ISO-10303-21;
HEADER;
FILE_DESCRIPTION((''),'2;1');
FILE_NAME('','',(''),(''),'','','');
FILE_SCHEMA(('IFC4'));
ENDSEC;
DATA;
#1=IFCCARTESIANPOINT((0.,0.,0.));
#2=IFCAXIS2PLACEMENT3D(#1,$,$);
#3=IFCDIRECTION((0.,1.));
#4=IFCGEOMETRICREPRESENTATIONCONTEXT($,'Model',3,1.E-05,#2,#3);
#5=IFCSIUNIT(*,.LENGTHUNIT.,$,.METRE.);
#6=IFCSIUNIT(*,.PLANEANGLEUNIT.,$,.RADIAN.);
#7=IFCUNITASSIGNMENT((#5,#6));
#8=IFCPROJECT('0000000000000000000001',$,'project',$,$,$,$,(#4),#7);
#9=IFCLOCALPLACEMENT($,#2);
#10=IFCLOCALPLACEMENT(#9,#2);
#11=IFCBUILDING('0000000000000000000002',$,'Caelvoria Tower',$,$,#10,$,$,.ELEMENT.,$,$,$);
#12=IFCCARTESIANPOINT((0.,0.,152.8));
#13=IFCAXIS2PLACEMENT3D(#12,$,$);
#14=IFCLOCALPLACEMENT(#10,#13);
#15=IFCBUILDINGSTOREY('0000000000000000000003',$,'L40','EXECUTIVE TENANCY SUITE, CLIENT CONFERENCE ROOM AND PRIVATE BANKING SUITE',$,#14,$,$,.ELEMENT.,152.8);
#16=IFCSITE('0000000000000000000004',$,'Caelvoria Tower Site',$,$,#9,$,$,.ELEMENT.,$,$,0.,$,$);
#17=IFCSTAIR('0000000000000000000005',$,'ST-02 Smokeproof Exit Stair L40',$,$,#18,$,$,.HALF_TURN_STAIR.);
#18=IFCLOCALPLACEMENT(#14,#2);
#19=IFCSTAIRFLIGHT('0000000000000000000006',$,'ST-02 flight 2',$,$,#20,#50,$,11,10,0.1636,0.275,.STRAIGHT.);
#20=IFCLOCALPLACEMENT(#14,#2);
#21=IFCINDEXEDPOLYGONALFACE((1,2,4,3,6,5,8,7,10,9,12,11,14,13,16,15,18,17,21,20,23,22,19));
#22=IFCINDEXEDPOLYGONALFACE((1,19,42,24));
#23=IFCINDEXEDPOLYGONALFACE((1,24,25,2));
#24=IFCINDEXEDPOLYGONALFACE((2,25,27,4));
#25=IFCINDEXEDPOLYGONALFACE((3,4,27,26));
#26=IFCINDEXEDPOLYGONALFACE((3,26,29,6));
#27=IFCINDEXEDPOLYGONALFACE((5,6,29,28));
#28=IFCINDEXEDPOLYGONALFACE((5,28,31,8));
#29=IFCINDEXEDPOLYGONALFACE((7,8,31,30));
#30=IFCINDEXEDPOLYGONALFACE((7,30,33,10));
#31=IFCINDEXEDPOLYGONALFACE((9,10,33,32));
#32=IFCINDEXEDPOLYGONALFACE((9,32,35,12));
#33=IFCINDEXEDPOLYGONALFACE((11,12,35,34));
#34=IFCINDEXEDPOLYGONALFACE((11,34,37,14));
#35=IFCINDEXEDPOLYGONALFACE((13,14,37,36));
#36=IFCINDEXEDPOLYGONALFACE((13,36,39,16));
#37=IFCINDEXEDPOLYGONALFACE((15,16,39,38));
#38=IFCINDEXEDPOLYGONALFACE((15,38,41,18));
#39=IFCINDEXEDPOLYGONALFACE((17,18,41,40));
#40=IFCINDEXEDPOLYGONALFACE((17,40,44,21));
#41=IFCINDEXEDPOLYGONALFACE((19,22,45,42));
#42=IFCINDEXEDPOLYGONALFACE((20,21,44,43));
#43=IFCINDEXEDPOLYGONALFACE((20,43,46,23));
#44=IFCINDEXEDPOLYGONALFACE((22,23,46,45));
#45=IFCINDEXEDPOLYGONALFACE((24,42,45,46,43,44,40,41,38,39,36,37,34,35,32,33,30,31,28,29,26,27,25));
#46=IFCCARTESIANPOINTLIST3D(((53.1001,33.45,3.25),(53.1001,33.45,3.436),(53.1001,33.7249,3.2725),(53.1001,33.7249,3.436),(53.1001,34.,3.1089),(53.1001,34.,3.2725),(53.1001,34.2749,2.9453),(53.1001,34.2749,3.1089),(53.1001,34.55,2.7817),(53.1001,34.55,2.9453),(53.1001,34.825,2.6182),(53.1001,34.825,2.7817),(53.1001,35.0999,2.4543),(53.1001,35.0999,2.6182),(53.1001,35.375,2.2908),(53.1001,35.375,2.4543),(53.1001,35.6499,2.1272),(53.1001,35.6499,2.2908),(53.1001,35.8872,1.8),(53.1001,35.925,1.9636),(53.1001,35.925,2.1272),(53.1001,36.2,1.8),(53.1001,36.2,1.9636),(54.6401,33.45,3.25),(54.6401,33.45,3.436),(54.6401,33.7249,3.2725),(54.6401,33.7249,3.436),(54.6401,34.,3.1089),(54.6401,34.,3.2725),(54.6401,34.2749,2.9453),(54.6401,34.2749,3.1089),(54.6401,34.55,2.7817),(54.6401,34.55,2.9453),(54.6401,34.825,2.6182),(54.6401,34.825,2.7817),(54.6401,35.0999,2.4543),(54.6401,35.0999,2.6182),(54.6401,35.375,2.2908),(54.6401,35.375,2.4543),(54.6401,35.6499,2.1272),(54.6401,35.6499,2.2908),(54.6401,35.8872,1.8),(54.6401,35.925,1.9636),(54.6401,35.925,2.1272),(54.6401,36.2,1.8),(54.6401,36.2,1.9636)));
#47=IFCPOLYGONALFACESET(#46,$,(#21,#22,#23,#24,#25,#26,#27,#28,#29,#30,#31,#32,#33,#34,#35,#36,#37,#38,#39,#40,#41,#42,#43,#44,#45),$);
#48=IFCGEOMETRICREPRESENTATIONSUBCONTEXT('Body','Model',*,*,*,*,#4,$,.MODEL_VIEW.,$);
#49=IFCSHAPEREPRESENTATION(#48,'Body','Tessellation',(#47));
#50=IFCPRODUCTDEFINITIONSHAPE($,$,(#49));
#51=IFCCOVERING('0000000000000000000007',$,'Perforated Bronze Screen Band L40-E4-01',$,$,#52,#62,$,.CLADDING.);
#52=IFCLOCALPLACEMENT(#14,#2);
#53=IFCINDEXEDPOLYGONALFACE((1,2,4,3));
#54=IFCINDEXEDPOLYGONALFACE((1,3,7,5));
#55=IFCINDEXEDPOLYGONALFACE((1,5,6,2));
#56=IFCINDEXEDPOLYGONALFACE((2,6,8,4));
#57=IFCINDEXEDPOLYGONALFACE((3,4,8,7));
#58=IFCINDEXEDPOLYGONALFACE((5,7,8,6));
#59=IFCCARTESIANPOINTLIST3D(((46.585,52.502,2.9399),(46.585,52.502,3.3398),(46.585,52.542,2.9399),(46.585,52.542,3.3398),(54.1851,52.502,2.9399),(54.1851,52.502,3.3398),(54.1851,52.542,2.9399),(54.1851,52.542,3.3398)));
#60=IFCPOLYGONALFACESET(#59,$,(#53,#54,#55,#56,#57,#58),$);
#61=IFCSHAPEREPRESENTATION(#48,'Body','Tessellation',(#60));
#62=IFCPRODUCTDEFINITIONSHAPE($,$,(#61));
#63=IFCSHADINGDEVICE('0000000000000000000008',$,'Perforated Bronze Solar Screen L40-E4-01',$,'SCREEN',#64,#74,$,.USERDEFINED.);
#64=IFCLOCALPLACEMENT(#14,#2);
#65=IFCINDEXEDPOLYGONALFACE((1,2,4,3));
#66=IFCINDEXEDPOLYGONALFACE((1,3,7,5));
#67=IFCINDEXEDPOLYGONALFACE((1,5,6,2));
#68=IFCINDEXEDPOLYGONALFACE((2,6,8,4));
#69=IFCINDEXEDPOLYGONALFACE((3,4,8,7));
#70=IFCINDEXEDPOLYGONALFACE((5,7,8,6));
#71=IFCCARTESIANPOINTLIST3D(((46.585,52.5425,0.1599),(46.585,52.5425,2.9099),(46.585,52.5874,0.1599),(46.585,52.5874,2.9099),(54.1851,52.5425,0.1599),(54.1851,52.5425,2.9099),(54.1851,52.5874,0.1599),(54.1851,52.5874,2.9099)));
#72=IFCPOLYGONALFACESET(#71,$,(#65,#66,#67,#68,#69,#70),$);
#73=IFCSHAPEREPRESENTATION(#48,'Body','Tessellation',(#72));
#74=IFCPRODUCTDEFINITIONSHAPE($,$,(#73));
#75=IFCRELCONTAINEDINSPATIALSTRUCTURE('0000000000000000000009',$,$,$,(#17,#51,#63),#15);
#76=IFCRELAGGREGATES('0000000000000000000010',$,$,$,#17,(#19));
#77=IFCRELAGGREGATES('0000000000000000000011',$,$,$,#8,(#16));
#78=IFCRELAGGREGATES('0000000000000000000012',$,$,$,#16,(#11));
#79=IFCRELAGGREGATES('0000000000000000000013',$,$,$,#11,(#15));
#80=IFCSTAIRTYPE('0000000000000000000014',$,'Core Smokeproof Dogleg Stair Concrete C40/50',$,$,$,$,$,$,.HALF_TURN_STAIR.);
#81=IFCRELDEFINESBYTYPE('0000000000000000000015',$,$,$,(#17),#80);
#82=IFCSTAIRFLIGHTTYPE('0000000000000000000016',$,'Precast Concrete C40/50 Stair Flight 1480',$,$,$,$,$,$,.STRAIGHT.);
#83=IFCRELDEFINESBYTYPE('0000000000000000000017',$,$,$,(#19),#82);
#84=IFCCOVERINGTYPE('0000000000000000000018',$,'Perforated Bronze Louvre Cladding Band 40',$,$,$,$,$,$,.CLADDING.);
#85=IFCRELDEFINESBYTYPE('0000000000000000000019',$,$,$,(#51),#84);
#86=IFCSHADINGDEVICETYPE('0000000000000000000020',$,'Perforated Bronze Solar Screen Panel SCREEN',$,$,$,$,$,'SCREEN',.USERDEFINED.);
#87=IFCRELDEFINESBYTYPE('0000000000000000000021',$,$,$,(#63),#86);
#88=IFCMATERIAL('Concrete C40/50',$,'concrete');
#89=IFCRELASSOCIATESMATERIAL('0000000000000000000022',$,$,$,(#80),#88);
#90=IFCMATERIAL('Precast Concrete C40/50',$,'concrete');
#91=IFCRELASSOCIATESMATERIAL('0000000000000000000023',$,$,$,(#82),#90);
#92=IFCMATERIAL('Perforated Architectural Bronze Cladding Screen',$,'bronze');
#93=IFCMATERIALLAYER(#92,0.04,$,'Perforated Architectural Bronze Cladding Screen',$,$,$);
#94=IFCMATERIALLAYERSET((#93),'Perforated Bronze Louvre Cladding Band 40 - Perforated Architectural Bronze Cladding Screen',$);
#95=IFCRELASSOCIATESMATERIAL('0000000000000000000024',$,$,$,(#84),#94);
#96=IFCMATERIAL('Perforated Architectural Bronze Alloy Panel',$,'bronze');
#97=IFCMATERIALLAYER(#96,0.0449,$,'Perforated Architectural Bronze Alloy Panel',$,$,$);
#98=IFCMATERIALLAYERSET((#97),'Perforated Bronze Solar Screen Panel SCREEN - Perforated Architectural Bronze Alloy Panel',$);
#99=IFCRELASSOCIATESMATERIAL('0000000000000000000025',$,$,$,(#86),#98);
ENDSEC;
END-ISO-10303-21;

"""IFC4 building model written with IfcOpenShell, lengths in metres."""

from ifc_helpers import new_model, si_unit, direction, frame, origin, origin_2d, place, context, subcontext, project, spatial, polyline, rectangle, outline, extrude, material, layer, layer_set, type_object, element, aggregate, save


model = new_model("IFC4")

# Units and contexts
model_context = context("Model", 3, precision=1e-05, world=origin(), true_north=direction((0.0, 1.0)))
body_context = subcontext(model_context, "Body", "Model", "MODEL_VIEW")
ifc_project = project(units=[si_unit("LENGTHUNIT", "METRE"), si_unit("PLANEANGLEUNIT", "RADIAN")], contexts=[model_context])

# Site, building, storey
site_placement = place(None, origin())
site = spatial("IfcSite", under=ifc_project, at=site_placement, Name="Caelvoria Tower Site", CompositionType="ELEMENT", RefElevation=0.0)
building_placement = place(site_placement, origin())
building = spatial("IfcBuilding", under=site, at=building_placement, Name="Caelvoria Tower", CompositionType="ELEMENT")
storey_placement = place(building_placement, frame((0.0, 0.0, 152.8)))
storey = spatial("IfcBuildingStorey", under=building, at=storey_placement, Name="L40", Description="EXECUTIVE TENANCY SUITE, CLIENT CONFERENCE ROOM AND PRIVATE BANKING SUITE", CompositionType="ELEMENT", Elevation=152.8)

# Stair, stair flight
ifc_material_1 = material(Name="Concrete C40/50", Category="concrete")
stair_type = type_object("IfcStairType", Name="Core Smokeproof Dogleg Stair Concrete C40/50", PredefinedType="HALF_TURN_STAIR", material=ifc_material_1)
stair_placement = place(storey_placement, origin())
stair = element("IfcStair", 1, at=stair_placement, inside=storey, type_object=stair_type, Name="ST-02 Smokeproof Exit Stair L40", PredefinedType="HALF_TURN_STAIR")
ifc_material_2 = material(Name="Precast Concrete C40/50", Category="concrete")
stair_flight_type = type_object("IfcStairFlightType", Name="Precast Concrete C40/50 Stair Flight 1480", PredefinedType="STRAIGHT", material=ifc_material_2)
stair_flight_1_placement = place(storey_placement, frame((53.8701, 36.2, 1.8), z_axis=(0.0, 0.0, 1.0), x_axis=(0.0, -1.0, 0.0)))
stair_flight_1 = element("IfcStairFlight", 2, at=stair_flight_1_placement, type_object=stair_flight_type, Name="ST-02 flight 2", NumberOfRisers=11, NumberOfTreads=10, PredefinedType="STRAIGHT", RiserHeight=0.1636, TreadLength=0.275, context=body_context, shape_type="SweptSolid", body=[
    extrude(outline(polyline([(0.0, 0.0), (0.0, 0.1636), (0.2749, 0.1636), (0.2749, 0.3271), (0.55, 0.3271), (0.55, 0.4907), (0.825, 0.4907), (0.825, 0.6543), (1.1001, 0.6543), (1.1001, 0.8181), (1.375, 0.8181), (1.375, 0.9817), (1.6499, 0.9817), (1.6499, 1.1453), (1.925, 1.1453), (1.925, 1.3088), (2.2, 1.3088), (2.2, 1.4724), (2.4751, 1.4724), (2.4751, 1.636), (2.75, 1.636), (2.75, 1.7996), (2.75, 1.45), (0.3127, 0.0), (0.0, 0.0)])), frame((0.0, 0.77, 0.0), z_axis=(0.0, -1.0, 0.0), x_axis=(1.0, 0.0, 0.0)), (0.0, 0.0, 1.0), 1.54),
])
aggregate(stair, [stair_flight_1])

# Covering
ifc_material_3 = material(Name="Perforated Architectural Bronze Cladding Screen", Category="bronze")
ifc_layer_1 = layer(ifc_material_3, 0.04, Name="Perforated Architectural Bronze Cladding Screen")
ifc_layer_set_1 = layer_set([ifc_layer_1], Name="Perforated Bronze Louvre Cladding Band 40 - Perforated Architectural Bronze Cladding Screen")
covering_type = type_object("IfcCoveringType", Name="Perforated Bronze Louvre Cladding Band 40", PredefinedType="CLADDING", material=ifc_layer_set_1)
covering_placement = place(storey_placement, frame((50.385, 52.522, 2.9399), z_axis=(0.0, 0.0, 1.0), x_axis=(-1.0, 0.0, 0.0)))
element("IfcCovering", 3, at=covering_placement, inside=storey, type_object=covering_type, Name="Perforated Bronze Screen Band L40-E4-01", PredefinedType="CLADDING", context=body_context, shape_type="SweptSolid", body=[
    extrude(rectangle(XDim=7.6001, YDim=0.04, at=origin_2d()), origin(), (0.0, 0.0, 1.0), 0.3999),
])

# Shading device
ifc_material_4 = material(Name="Perforated Architectural Bronze Alloy Panel", Category="bronze")
ifc_layer_2 = layer(ifc_material_4, 0.0449, Name="Perforated Architectural Bronze Alloy Panel")
ifc_layer_set_2 = layer_set([ifc_layer_2], Name="Perforated Bronze Solar Screen Panel SCREEN - Perforated Architectural Bronze Alloy Panel")
shading_device_type = type_object("IfcShadingDeviceType", Name="Perforated Bronze Solar Screen Panel SCREEN", ElementType="SCREEN", PredefinedType="USERDEFINED", material=ifc_layer_set_2)
shading_device_placement = place(storey_placement, frame((50.385, 52.5649, 0.1599), z_axis=(0.0, 0.0, 1.0), x_axis=(-1.0, 0.0, 0.0)))
element("IfcShadingDevice", 4, at=shading_device_placement, inside=storey, type_object=shading_device_type, Name="Perforated Bronze Solar Screen L40-E4-01", ObjectType="SCREEN", PredefinedType="USERDEFINED", context=body_context, shape_type="SweptSolid", body=[
    extrude(rectangle(XDim=7.6001, YDim=0.0449, at=origin_2d()), origin(), (0.0, 0.0, 1.0), 2.75),
])

save(model, "model.ifc")
